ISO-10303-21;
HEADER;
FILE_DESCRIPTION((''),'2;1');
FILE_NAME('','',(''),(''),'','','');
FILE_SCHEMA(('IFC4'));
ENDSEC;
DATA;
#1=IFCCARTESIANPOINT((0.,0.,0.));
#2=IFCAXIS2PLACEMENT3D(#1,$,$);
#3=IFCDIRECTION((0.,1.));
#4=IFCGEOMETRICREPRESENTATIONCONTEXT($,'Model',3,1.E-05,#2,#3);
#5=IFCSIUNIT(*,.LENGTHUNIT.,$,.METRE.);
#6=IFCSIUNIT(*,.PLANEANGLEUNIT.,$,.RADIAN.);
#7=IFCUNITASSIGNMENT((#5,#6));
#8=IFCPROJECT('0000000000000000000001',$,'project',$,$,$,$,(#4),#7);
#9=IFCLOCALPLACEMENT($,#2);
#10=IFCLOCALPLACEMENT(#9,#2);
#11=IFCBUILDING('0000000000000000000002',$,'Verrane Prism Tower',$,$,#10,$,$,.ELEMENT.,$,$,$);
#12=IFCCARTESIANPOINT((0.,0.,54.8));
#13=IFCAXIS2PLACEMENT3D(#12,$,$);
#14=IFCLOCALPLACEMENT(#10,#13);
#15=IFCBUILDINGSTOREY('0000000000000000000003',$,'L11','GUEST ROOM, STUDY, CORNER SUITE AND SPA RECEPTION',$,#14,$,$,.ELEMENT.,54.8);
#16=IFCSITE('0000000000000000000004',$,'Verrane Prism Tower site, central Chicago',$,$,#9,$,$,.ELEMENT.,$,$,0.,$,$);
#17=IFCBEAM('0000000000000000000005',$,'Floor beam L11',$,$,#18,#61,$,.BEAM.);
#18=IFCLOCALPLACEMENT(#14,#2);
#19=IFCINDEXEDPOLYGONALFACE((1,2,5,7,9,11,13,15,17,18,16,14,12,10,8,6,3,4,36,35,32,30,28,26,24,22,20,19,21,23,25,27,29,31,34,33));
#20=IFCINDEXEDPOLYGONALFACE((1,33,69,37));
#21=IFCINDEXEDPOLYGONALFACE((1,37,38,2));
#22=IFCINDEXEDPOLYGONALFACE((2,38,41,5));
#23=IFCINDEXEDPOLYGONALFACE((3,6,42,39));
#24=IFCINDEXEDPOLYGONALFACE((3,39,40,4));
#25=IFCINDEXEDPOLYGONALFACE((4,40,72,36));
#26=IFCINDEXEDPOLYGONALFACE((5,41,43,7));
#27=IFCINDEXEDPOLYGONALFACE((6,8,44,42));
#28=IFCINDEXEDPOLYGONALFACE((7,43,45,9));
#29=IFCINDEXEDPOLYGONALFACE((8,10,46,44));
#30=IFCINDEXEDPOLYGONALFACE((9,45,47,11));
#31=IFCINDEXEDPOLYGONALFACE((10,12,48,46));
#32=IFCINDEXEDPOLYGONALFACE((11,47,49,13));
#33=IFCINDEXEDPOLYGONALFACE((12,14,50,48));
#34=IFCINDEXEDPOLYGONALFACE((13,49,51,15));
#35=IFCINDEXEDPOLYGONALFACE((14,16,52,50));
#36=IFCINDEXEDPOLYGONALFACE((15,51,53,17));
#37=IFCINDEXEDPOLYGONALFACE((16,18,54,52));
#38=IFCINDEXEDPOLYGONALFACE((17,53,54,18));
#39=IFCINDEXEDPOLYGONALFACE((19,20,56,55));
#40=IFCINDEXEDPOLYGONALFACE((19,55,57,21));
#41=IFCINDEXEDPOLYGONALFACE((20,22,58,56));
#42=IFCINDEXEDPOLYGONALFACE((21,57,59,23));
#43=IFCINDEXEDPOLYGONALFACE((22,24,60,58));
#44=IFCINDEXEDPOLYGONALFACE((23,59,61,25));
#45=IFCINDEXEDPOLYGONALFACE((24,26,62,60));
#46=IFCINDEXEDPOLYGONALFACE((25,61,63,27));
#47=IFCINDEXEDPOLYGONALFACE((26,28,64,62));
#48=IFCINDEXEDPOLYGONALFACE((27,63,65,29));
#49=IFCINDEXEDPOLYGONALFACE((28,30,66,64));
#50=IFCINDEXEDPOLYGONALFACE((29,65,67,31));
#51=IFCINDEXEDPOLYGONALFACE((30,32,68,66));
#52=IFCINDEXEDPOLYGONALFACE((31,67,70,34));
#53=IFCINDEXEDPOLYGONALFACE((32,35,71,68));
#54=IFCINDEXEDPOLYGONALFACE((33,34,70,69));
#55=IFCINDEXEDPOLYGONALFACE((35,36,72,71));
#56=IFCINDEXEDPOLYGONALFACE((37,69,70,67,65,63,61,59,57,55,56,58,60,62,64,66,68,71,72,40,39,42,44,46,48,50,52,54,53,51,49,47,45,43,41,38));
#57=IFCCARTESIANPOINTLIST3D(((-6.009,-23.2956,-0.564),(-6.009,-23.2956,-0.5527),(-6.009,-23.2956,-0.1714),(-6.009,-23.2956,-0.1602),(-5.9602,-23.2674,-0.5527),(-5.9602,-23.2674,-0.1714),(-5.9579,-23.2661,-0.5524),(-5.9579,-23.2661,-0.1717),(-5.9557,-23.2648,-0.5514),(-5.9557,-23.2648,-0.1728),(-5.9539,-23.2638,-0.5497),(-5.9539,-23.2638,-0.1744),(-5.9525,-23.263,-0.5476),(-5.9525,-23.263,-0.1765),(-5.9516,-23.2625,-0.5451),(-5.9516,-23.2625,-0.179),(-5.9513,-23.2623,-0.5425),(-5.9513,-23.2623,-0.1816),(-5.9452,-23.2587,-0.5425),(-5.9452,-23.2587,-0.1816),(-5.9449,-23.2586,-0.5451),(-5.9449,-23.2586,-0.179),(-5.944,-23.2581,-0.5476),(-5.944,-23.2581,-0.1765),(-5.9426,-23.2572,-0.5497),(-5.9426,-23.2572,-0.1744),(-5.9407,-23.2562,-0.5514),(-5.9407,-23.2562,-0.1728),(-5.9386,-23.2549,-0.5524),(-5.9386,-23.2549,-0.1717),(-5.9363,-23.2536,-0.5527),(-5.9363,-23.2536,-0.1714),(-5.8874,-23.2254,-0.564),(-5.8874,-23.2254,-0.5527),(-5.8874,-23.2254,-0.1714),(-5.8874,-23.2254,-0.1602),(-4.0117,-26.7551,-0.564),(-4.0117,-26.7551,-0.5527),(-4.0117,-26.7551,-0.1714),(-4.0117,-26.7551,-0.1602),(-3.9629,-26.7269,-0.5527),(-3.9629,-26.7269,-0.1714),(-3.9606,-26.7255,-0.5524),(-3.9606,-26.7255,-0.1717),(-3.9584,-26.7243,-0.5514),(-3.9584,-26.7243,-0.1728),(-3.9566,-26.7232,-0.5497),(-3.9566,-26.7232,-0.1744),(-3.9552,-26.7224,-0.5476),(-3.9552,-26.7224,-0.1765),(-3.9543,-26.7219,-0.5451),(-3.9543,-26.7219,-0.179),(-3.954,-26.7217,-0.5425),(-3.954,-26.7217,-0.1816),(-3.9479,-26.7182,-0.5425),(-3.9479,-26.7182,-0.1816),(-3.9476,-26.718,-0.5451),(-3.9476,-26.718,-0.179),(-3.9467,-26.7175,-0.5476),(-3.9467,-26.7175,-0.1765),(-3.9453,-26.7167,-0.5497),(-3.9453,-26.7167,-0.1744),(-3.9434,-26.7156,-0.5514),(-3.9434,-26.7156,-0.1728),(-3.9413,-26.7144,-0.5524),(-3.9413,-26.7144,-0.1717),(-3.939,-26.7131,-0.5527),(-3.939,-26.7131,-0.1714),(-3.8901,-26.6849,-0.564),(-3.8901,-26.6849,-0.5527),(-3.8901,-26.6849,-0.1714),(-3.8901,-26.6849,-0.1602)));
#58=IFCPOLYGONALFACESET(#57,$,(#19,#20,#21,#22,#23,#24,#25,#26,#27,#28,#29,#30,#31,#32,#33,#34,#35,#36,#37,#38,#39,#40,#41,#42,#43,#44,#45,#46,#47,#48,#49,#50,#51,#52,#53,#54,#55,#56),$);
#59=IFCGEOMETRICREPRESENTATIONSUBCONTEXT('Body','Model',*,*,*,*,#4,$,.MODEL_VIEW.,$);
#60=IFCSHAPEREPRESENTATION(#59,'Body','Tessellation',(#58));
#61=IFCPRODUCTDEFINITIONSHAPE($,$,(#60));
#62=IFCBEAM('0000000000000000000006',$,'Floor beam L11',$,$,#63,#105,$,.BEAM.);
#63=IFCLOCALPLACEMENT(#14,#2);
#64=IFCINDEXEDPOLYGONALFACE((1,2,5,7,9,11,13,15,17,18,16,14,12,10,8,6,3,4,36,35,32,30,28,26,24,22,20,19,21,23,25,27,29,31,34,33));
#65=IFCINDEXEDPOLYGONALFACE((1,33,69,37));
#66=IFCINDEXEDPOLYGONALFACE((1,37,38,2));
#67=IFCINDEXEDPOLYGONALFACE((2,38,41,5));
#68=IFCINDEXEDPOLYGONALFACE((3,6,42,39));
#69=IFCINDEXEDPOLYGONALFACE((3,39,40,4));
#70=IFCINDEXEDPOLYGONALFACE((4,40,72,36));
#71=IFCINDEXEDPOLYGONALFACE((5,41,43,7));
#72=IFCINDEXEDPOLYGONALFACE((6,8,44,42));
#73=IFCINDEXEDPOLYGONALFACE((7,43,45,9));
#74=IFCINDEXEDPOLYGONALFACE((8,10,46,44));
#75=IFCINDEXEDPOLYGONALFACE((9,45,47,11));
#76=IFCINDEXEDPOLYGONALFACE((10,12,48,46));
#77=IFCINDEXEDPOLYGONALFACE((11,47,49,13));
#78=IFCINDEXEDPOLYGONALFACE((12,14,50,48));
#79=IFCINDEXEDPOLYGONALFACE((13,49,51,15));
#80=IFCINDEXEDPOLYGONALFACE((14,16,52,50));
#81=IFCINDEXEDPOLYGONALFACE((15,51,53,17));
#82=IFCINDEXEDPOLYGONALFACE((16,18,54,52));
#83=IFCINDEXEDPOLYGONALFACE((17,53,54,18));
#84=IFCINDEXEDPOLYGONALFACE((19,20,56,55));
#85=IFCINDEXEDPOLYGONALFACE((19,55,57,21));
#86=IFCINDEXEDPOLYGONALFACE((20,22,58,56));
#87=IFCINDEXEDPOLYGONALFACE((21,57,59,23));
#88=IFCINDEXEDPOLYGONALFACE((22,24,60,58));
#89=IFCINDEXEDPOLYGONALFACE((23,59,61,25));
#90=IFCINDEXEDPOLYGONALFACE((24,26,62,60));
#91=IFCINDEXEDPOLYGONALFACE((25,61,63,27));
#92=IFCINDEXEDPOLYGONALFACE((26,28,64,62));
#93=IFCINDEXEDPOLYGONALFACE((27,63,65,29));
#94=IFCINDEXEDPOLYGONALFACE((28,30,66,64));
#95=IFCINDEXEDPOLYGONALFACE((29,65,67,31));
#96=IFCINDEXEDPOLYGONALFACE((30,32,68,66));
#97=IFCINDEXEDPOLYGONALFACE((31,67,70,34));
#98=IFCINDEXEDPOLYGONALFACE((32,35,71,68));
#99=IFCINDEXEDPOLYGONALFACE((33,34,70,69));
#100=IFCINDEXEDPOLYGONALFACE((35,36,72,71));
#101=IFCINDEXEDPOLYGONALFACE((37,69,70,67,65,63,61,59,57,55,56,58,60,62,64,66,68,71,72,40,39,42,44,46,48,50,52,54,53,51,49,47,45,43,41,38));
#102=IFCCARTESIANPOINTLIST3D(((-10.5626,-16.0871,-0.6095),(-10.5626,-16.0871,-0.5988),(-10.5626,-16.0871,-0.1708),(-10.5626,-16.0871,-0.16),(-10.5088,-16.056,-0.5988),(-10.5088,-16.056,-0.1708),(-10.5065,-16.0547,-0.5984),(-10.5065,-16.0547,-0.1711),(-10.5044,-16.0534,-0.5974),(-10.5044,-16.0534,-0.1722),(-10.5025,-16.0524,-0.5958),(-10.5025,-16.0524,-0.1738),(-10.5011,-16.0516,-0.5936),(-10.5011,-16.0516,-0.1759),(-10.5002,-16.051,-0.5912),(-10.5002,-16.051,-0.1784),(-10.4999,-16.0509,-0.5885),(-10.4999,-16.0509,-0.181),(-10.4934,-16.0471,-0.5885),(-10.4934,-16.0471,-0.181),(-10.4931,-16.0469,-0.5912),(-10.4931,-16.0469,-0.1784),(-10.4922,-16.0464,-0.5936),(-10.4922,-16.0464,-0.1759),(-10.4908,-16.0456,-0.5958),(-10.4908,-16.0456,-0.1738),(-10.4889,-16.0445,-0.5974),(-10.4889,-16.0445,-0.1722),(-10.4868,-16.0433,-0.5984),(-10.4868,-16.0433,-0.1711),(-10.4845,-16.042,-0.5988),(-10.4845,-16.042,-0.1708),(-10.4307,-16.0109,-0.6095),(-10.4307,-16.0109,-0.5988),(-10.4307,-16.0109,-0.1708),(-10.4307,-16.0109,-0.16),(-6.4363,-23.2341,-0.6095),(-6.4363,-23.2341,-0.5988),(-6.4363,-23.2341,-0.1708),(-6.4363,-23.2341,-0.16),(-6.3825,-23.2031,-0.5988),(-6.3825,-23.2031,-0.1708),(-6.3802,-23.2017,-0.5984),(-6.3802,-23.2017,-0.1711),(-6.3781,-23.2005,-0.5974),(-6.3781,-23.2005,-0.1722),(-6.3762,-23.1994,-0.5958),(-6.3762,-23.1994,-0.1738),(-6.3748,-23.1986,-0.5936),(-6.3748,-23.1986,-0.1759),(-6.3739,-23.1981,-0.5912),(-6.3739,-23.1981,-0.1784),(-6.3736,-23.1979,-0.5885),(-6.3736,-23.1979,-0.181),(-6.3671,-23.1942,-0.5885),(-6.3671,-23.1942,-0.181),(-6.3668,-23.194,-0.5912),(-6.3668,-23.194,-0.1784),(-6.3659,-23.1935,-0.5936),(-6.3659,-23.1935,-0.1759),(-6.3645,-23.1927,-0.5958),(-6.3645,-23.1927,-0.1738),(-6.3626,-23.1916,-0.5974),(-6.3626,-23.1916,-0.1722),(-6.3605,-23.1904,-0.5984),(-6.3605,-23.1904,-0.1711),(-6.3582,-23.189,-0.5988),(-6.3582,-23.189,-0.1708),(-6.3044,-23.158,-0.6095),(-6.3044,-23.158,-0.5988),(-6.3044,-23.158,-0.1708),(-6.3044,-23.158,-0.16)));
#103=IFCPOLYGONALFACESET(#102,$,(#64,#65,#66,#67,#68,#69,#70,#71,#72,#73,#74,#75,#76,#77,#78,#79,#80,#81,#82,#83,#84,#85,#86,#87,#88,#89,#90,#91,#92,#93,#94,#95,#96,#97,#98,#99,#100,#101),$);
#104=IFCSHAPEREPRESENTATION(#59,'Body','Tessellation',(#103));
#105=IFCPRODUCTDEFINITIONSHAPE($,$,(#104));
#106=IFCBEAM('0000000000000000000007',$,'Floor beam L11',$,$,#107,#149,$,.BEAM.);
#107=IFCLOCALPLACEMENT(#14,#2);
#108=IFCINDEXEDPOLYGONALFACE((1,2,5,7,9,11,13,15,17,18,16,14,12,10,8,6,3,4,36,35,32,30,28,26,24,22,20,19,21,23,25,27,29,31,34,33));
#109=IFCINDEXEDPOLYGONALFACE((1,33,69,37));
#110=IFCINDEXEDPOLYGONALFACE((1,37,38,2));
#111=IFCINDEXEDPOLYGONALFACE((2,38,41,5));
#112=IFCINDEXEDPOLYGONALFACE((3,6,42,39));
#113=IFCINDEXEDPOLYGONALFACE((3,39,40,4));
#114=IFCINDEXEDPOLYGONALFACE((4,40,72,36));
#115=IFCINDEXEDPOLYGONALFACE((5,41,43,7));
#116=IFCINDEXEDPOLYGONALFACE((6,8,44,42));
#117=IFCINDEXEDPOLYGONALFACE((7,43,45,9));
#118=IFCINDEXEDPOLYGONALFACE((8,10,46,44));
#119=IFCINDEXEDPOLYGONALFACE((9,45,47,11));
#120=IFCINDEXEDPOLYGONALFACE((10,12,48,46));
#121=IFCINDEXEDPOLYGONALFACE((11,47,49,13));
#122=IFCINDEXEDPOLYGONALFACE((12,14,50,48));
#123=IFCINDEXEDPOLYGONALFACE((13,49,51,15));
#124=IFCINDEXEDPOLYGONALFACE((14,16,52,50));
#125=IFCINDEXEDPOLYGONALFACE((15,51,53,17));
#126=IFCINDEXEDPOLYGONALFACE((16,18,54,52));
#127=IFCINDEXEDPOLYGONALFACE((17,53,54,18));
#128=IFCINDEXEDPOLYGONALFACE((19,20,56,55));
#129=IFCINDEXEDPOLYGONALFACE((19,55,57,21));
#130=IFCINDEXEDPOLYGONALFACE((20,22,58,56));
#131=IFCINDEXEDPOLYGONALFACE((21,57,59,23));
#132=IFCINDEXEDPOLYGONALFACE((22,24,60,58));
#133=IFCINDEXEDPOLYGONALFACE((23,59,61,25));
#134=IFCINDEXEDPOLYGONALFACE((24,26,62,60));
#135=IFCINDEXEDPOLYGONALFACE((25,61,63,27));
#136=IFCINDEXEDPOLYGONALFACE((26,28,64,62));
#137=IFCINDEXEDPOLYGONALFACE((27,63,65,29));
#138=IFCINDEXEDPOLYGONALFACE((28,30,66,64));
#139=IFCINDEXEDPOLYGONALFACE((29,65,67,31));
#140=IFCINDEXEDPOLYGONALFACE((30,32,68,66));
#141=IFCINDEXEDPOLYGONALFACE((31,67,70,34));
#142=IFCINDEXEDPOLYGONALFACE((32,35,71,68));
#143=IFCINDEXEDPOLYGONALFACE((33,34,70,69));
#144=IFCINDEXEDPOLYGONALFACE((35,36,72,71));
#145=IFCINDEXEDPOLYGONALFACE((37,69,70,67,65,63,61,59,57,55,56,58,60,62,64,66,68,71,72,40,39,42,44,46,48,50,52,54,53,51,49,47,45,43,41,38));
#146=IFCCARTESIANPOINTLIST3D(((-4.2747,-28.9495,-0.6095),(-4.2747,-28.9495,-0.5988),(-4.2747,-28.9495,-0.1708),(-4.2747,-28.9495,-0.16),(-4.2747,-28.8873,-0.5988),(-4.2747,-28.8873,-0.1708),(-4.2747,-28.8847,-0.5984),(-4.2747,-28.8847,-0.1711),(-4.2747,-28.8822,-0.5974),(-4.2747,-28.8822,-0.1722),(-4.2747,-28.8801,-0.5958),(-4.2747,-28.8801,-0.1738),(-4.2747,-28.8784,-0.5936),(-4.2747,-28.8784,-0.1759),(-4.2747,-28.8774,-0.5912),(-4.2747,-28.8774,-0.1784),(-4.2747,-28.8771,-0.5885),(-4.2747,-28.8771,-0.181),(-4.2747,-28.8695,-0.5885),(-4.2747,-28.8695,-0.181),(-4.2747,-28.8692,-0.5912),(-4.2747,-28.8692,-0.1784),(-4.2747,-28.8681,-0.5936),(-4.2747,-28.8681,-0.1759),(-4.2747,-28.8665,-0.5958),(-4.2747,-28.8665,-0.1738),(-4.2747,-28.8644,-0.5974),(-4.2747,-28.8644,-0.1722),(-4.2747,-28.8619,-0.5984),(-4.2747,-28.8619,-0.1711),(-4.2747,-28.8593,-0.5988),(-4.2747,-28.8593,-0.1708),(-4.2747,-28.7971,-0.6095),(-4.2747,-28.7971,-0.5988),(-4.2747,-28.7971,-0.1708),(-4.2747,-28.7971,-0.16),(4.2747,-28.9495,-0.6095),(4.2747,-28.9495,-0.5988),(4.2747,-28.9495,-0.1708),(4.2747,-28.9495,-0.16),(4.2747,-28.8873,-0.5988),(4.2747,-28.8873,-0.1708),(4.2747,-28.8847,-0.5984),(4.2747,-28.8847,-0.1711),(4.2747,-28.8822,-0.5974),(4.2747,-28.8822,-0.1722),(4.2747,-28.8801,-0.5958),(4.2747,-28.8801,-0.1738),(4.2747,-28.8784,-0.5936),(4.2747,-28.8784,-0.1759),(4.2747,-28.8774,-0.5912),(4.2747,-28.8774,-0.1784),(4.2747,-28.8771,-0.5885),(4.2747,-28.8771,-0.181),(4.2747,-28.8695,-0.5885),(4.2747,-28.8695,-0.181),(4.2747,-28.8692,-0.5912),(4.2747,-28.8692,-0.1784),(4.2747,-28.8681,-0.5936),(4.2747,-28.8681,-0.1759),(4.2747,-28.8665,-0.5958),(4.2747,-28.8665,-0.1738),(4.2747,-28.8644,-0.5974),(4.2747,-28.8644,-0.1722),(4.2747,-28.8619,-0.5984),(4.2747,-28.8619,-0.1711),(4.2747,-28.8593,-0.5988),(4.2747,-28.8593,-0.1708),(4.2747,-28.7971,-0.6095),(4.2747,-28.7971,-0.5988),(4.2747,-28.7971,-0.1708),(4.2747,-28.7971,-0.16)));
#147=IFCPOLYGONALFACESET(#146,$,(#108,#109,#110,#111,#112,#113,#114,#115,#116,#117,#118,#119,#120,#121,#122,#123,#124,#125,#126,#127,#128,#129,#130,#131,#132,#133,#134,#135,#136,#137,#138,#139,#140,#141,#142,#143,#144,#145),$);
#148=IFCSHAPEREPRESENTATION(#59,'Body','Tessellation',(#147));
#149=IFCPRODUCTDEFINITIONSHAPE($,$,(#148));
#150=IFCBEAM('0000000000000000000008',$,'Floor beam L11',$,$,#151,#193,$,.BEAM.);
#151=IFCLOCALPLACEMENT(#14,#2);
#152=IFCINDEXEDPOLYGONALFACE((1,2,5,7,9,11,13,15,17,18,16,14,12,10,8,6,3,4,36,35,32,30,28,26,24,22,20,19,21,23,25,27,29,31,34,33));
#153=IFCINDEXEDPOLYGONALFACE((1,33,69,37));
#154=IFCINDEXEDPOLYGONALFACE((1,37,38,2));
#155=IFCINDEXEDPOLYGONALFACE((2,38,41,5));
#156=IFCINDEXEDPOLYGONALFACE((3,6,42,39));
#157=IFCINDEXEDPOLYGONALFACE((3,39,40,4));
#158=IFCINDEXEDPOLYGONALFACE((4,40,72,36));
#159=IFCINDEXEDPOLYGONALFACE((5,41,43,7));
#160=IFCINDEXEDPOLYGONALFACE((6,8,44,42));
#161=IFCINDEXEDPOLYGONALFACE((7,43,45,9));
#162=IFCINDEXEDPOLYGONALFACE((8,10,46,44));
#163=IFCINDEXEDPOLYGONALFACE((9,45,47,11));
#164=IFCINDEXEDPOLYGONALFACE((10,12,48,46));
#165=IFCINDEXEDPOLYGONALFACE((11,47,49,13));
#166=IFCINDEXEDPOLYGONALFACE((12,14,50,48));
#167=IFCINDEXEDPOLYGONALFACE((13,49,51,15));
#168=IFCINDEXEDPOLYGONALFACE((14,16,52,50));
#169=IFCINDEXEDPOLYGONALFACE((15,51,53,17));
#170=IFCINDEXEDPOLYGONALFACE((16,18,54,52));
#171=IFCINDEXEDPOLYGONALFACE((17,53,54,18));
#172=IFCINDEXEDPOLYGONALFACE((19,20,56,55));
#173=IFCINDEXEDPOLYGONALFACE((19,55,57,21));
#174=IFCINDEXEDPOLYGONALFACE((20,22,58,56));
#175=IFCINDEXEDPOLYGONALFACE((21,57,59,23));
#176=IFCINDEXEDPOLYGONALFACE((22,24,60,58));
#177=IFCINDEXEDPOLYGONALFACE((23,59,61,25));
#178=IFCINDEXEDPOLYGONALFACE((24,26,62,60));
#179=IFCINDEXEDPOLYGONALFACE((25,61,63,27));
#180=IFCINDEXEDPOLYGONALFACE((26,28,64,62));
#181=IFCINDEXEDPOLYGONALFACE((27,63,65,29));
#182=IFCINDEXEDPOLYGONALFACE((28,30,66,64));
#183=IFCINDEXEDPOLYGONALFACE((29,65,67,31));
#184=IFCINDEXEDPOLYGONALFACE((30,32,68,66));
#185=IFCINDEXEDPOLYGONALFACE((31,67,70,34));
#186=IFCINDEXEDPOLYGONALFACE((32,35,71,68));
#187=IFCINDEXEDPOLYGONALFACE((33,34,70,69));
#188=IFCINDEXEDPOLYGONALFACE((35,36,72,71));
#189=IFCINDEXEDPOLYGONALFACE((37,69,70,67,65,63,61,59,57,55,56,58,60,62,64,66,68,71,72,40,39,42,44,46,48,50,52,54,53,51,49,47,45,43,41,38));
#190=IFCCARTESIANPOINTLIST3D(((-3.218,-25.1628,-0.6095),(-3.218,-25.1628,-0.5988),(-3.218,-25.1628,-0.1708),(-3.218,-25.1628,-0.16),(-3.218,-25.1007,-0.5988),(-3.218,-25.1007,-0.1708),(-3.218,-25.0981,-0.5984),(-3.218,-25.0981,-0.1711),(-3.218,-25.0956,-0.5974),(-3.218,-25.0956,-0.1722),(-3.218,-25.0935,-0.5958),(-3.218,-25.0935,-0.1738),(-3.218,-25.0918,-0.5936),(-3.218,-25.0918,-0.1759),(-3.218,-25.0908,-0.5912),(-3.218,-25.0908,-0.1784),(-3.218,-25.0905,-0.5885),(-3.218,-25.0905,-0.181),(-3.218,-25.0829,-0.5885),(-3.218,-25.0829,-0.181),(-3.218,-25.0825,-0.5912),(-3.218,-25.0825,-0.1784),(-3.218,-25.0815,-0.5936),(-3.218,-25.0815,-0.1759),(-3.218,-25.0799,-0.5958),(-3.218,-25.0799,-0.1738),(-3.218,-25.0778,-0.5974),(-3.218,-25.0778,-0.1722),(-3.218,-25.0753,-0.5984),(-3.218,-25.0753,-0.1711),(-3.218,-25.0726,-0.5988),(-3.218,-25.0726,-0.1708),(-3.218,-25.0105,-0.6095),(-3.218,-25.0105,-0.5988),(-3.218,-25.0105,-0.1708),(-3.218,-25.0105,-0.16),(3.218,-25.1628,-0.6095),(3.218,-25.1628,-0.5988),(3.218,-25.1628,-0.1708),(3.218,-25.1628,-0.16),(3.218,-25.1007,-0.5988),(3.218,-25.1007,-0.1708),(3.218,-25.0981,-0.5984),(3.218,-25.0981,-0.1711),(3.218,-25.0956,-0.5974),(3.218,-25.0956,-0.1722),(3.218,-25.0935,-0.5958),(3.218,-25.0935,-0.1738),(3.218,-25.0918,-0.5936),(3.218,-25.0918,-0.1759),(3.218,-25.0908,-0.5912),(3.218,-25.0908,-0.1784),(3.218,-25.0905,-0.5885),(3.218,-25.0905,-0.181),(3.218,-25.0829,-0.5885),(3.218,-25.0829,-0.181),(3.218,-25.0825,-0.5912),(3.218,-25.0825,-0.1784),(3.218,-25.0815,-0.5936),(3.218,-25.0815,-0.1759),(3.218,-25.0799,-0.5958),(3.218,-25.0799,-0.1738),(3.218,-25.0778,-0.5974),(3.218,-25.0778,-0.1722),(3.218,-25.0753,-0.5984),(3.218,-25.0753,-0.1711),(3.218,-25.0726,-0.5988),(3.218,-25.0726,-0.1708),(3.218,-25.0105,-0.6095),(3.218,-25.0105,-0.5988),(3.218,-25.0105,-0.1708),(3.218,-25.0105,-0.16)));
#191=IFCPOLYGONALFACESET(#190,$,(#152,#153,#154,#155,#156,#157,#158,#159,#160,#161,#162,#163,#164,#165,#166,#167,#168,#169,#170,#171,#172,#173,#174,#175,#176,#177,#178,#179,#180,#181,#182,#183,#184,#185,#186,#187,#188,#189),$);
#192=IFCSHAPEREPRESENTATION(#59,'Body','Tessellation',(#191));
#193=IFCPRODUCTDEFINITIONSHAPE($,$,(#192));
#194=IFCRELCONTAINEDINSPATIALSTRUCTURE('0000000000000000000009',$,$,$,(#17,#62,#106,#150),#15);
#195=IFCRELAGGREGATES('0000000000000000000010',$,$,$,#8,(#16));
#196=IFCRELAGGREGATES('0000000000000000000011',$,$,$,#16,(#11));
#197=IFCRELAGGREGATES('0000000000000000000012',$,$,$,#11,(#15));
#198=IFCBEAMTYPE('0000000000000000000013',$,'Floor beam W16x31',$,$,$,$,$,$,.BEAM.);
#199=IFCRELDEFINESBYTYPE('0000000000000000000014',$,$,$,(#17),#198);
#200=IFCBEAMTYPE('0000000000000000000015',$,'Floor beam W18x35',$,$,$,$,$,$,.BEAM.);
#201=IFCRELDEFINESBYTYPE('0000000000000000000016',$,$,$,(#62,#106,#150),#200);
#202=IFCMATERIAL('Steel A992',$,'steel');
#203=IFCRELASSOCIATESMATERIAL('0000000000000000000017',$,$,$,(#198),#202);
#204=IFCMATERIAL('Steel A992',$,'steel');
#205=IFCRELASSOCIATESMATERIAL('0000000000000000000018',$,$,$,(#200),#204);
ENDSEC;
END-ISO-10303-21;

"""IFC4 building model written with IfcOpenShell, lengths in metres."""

from ifc_helpers import new_model, si_unit, direction, frame, origin, origin_2d, place, context, subcontext, project, spatial, i_section, extrude, material, material_profile, profile_set, type_object, element, save


model = new_model("IFC4")

# Units and contexts
model_context = context("Model", 3, precision=1e-05, world=origin(), true_north=direction((0.0, 1.0)))
body_context = subcontext(model_context, "Body", "Model", "MODEL_VIEW")
ifc_project = project(units=[si_unit("LENGTHUNIT", "METRE"), si_unit("PLANEANGLEUNIT", "RADIAN")], contexts=[model_context])

# Site, building, storey
site_placement = place(None, origin())
site = spatial("IfcSite", under=ifc_project, at=site_placement, Name="Verrane Prism Tower site, central Chicago", CompositionType="ELEMENT", RefElevation=0.0)
building_placement = place(site_placement, origin())
building = spatial("IfcBuilding", under=site, at=building_placement, Name="Verrane Prism Tower", CompositionType="ELEMENT")
storey_placement = place(building_placement, frame((0.0, 0.0, 54.8)))
storey = spatial("IfcBuildingStorey", under=building, at=storey_placement, Name="L11", Description="GUEST ROOM, STUDY, CORNER SUITE AND SPA RECEPTION", CompositionType="ELEMENT", Elevation=54.8)

# Beams
ifc_material_1 = material(Name="Steel A992", Category="steel")
ifc_material_profile_1 = material_profile(ifc_material_1, i_section(OverallWidth=0.1404, OverallDepth=0.4038, WebThickness=0.0071, FlangeThickness=0.0112, FilletRadius=0.0103, at=origin_2d()), Name="W16x31")
ifc_profile_set_1 = profile_set([ifc_material_profile_1], Name="Steel A992")
beam_type_1 = type_object("IfcBeamType", Name="Floor beam W16x31", PredefinedType="BEAM", material=ifc_profile_set_1)
beam_1_placement = place(storey_placement, frame((-3.9509, -26.72, -0.3621), z_axis=(-0.499998, 0.866027, 0.0), x_axis=(-0.866027, -0.499998, 0.0)))
element("IfcBeam", 1, at=beam_1_placement, inside=storey, type_object=beam_type_1, Name="Floor beam L11", PredefinedType="BEAM", context=body_context, shape_type="SweptSolid", body=[
    extrude(i_section(OverallWidth=0.1404, OverallDepth=0.4038, WebThickness=0.0071, FlangeThickness=0.0112, FilletRadius=0.0103, at=origin_2d()), origin(), (0.0, 0.0, 1.0), 3.9946),
])
ifc_material_2 = material(Name="Steel A992", Category="steel")
ifc_material_profile_2 = material_profile(ifc_material_2, i_section(OverallWidth=0.1523, OverallDepth=0.4495, WebThickness=0.0076, FlangeThickness=0.0107, FilletRadius=0.0103, at=origin_2d()), Name="W18x35")
ifc_profile_set_2 = profile_set([ifc_material_profile_2], Name="Steel A992")
beam_type_2 = type_object("IfcBeamType", Name="Floor beam W18x35", PredefinedType="BEAM", material=ifc_profile_set_2)
beam_2_placement = place(storey_placement, frame((-6.3704, -23.196, -0.3848), z_axis=(-0.499992, 0.86603, 0.0), x_axis=(-0.86603, -0.499992, 0.0)))
element("IfcBeam", 2, at=beam_2_placement, inside=storey, type_object=beam_type_2, Name="Floor beam L11", PredefinedType="BEAM", context=body_context, shape_type="SweptSolid", body=[
    extrude(i_section(OverallWidth=0.1523, OverallDepth=0.4495, WebThickness=0.0076, FlangeThickness=0.0107, FilletRadius=0.0103, at=origin_2d()), origin(), (0.0, 0.0, 1.0), 8.2527),
])
beam_3_placement = place(storey_placement, frame((-4.2747, -28.8733, -0.3848), z_axis=(1.0, 0.0, 0.0), x_axis=(0.0, 1.0, 0.0)))
element("IfcBeam", 3, at=beam_3_placement, inside=storey, type_object=beam_type_2, Name="Floor beam L11", PredefinedType="BEAM", context=body_context, shape_type="SweptSolid", body=[
    extrude(i_section(OverallWidth=0.1523, OverallDepth=0.4495, WebThickness=0.0076, FlangeThickness=0.0107, FilletRadius=0.0103, at=origin_2d()), origin(), (0.0, 0.0, 1.0), 8.5493),
])
beam_4_placement = place(storey_placement, frame((-3.218, -25.0867, -0.3848), z_axis=(1.0, 0.0, 0.0), x_axis=(0.0, 1.0, 0.0)))
element("IfcBeam", 4, at=beam_4_placement, inside=storey, type_object=beam_type_2, Name="Floor beam L11", PredefinedType="BEAM", context=body_context, shape_type="SweptSolid", body=[
    extrude(i_section(OverallWidth=0.1523, OverallDepth=0.4495, WebThickness=0.0076, FlangeThickness=0.0107, FilletRadius=0.0103, at=origin_2d()), origin(), (0.0, 0.0, 1.0), 6.436),
])

save(model, "model.ifc")
